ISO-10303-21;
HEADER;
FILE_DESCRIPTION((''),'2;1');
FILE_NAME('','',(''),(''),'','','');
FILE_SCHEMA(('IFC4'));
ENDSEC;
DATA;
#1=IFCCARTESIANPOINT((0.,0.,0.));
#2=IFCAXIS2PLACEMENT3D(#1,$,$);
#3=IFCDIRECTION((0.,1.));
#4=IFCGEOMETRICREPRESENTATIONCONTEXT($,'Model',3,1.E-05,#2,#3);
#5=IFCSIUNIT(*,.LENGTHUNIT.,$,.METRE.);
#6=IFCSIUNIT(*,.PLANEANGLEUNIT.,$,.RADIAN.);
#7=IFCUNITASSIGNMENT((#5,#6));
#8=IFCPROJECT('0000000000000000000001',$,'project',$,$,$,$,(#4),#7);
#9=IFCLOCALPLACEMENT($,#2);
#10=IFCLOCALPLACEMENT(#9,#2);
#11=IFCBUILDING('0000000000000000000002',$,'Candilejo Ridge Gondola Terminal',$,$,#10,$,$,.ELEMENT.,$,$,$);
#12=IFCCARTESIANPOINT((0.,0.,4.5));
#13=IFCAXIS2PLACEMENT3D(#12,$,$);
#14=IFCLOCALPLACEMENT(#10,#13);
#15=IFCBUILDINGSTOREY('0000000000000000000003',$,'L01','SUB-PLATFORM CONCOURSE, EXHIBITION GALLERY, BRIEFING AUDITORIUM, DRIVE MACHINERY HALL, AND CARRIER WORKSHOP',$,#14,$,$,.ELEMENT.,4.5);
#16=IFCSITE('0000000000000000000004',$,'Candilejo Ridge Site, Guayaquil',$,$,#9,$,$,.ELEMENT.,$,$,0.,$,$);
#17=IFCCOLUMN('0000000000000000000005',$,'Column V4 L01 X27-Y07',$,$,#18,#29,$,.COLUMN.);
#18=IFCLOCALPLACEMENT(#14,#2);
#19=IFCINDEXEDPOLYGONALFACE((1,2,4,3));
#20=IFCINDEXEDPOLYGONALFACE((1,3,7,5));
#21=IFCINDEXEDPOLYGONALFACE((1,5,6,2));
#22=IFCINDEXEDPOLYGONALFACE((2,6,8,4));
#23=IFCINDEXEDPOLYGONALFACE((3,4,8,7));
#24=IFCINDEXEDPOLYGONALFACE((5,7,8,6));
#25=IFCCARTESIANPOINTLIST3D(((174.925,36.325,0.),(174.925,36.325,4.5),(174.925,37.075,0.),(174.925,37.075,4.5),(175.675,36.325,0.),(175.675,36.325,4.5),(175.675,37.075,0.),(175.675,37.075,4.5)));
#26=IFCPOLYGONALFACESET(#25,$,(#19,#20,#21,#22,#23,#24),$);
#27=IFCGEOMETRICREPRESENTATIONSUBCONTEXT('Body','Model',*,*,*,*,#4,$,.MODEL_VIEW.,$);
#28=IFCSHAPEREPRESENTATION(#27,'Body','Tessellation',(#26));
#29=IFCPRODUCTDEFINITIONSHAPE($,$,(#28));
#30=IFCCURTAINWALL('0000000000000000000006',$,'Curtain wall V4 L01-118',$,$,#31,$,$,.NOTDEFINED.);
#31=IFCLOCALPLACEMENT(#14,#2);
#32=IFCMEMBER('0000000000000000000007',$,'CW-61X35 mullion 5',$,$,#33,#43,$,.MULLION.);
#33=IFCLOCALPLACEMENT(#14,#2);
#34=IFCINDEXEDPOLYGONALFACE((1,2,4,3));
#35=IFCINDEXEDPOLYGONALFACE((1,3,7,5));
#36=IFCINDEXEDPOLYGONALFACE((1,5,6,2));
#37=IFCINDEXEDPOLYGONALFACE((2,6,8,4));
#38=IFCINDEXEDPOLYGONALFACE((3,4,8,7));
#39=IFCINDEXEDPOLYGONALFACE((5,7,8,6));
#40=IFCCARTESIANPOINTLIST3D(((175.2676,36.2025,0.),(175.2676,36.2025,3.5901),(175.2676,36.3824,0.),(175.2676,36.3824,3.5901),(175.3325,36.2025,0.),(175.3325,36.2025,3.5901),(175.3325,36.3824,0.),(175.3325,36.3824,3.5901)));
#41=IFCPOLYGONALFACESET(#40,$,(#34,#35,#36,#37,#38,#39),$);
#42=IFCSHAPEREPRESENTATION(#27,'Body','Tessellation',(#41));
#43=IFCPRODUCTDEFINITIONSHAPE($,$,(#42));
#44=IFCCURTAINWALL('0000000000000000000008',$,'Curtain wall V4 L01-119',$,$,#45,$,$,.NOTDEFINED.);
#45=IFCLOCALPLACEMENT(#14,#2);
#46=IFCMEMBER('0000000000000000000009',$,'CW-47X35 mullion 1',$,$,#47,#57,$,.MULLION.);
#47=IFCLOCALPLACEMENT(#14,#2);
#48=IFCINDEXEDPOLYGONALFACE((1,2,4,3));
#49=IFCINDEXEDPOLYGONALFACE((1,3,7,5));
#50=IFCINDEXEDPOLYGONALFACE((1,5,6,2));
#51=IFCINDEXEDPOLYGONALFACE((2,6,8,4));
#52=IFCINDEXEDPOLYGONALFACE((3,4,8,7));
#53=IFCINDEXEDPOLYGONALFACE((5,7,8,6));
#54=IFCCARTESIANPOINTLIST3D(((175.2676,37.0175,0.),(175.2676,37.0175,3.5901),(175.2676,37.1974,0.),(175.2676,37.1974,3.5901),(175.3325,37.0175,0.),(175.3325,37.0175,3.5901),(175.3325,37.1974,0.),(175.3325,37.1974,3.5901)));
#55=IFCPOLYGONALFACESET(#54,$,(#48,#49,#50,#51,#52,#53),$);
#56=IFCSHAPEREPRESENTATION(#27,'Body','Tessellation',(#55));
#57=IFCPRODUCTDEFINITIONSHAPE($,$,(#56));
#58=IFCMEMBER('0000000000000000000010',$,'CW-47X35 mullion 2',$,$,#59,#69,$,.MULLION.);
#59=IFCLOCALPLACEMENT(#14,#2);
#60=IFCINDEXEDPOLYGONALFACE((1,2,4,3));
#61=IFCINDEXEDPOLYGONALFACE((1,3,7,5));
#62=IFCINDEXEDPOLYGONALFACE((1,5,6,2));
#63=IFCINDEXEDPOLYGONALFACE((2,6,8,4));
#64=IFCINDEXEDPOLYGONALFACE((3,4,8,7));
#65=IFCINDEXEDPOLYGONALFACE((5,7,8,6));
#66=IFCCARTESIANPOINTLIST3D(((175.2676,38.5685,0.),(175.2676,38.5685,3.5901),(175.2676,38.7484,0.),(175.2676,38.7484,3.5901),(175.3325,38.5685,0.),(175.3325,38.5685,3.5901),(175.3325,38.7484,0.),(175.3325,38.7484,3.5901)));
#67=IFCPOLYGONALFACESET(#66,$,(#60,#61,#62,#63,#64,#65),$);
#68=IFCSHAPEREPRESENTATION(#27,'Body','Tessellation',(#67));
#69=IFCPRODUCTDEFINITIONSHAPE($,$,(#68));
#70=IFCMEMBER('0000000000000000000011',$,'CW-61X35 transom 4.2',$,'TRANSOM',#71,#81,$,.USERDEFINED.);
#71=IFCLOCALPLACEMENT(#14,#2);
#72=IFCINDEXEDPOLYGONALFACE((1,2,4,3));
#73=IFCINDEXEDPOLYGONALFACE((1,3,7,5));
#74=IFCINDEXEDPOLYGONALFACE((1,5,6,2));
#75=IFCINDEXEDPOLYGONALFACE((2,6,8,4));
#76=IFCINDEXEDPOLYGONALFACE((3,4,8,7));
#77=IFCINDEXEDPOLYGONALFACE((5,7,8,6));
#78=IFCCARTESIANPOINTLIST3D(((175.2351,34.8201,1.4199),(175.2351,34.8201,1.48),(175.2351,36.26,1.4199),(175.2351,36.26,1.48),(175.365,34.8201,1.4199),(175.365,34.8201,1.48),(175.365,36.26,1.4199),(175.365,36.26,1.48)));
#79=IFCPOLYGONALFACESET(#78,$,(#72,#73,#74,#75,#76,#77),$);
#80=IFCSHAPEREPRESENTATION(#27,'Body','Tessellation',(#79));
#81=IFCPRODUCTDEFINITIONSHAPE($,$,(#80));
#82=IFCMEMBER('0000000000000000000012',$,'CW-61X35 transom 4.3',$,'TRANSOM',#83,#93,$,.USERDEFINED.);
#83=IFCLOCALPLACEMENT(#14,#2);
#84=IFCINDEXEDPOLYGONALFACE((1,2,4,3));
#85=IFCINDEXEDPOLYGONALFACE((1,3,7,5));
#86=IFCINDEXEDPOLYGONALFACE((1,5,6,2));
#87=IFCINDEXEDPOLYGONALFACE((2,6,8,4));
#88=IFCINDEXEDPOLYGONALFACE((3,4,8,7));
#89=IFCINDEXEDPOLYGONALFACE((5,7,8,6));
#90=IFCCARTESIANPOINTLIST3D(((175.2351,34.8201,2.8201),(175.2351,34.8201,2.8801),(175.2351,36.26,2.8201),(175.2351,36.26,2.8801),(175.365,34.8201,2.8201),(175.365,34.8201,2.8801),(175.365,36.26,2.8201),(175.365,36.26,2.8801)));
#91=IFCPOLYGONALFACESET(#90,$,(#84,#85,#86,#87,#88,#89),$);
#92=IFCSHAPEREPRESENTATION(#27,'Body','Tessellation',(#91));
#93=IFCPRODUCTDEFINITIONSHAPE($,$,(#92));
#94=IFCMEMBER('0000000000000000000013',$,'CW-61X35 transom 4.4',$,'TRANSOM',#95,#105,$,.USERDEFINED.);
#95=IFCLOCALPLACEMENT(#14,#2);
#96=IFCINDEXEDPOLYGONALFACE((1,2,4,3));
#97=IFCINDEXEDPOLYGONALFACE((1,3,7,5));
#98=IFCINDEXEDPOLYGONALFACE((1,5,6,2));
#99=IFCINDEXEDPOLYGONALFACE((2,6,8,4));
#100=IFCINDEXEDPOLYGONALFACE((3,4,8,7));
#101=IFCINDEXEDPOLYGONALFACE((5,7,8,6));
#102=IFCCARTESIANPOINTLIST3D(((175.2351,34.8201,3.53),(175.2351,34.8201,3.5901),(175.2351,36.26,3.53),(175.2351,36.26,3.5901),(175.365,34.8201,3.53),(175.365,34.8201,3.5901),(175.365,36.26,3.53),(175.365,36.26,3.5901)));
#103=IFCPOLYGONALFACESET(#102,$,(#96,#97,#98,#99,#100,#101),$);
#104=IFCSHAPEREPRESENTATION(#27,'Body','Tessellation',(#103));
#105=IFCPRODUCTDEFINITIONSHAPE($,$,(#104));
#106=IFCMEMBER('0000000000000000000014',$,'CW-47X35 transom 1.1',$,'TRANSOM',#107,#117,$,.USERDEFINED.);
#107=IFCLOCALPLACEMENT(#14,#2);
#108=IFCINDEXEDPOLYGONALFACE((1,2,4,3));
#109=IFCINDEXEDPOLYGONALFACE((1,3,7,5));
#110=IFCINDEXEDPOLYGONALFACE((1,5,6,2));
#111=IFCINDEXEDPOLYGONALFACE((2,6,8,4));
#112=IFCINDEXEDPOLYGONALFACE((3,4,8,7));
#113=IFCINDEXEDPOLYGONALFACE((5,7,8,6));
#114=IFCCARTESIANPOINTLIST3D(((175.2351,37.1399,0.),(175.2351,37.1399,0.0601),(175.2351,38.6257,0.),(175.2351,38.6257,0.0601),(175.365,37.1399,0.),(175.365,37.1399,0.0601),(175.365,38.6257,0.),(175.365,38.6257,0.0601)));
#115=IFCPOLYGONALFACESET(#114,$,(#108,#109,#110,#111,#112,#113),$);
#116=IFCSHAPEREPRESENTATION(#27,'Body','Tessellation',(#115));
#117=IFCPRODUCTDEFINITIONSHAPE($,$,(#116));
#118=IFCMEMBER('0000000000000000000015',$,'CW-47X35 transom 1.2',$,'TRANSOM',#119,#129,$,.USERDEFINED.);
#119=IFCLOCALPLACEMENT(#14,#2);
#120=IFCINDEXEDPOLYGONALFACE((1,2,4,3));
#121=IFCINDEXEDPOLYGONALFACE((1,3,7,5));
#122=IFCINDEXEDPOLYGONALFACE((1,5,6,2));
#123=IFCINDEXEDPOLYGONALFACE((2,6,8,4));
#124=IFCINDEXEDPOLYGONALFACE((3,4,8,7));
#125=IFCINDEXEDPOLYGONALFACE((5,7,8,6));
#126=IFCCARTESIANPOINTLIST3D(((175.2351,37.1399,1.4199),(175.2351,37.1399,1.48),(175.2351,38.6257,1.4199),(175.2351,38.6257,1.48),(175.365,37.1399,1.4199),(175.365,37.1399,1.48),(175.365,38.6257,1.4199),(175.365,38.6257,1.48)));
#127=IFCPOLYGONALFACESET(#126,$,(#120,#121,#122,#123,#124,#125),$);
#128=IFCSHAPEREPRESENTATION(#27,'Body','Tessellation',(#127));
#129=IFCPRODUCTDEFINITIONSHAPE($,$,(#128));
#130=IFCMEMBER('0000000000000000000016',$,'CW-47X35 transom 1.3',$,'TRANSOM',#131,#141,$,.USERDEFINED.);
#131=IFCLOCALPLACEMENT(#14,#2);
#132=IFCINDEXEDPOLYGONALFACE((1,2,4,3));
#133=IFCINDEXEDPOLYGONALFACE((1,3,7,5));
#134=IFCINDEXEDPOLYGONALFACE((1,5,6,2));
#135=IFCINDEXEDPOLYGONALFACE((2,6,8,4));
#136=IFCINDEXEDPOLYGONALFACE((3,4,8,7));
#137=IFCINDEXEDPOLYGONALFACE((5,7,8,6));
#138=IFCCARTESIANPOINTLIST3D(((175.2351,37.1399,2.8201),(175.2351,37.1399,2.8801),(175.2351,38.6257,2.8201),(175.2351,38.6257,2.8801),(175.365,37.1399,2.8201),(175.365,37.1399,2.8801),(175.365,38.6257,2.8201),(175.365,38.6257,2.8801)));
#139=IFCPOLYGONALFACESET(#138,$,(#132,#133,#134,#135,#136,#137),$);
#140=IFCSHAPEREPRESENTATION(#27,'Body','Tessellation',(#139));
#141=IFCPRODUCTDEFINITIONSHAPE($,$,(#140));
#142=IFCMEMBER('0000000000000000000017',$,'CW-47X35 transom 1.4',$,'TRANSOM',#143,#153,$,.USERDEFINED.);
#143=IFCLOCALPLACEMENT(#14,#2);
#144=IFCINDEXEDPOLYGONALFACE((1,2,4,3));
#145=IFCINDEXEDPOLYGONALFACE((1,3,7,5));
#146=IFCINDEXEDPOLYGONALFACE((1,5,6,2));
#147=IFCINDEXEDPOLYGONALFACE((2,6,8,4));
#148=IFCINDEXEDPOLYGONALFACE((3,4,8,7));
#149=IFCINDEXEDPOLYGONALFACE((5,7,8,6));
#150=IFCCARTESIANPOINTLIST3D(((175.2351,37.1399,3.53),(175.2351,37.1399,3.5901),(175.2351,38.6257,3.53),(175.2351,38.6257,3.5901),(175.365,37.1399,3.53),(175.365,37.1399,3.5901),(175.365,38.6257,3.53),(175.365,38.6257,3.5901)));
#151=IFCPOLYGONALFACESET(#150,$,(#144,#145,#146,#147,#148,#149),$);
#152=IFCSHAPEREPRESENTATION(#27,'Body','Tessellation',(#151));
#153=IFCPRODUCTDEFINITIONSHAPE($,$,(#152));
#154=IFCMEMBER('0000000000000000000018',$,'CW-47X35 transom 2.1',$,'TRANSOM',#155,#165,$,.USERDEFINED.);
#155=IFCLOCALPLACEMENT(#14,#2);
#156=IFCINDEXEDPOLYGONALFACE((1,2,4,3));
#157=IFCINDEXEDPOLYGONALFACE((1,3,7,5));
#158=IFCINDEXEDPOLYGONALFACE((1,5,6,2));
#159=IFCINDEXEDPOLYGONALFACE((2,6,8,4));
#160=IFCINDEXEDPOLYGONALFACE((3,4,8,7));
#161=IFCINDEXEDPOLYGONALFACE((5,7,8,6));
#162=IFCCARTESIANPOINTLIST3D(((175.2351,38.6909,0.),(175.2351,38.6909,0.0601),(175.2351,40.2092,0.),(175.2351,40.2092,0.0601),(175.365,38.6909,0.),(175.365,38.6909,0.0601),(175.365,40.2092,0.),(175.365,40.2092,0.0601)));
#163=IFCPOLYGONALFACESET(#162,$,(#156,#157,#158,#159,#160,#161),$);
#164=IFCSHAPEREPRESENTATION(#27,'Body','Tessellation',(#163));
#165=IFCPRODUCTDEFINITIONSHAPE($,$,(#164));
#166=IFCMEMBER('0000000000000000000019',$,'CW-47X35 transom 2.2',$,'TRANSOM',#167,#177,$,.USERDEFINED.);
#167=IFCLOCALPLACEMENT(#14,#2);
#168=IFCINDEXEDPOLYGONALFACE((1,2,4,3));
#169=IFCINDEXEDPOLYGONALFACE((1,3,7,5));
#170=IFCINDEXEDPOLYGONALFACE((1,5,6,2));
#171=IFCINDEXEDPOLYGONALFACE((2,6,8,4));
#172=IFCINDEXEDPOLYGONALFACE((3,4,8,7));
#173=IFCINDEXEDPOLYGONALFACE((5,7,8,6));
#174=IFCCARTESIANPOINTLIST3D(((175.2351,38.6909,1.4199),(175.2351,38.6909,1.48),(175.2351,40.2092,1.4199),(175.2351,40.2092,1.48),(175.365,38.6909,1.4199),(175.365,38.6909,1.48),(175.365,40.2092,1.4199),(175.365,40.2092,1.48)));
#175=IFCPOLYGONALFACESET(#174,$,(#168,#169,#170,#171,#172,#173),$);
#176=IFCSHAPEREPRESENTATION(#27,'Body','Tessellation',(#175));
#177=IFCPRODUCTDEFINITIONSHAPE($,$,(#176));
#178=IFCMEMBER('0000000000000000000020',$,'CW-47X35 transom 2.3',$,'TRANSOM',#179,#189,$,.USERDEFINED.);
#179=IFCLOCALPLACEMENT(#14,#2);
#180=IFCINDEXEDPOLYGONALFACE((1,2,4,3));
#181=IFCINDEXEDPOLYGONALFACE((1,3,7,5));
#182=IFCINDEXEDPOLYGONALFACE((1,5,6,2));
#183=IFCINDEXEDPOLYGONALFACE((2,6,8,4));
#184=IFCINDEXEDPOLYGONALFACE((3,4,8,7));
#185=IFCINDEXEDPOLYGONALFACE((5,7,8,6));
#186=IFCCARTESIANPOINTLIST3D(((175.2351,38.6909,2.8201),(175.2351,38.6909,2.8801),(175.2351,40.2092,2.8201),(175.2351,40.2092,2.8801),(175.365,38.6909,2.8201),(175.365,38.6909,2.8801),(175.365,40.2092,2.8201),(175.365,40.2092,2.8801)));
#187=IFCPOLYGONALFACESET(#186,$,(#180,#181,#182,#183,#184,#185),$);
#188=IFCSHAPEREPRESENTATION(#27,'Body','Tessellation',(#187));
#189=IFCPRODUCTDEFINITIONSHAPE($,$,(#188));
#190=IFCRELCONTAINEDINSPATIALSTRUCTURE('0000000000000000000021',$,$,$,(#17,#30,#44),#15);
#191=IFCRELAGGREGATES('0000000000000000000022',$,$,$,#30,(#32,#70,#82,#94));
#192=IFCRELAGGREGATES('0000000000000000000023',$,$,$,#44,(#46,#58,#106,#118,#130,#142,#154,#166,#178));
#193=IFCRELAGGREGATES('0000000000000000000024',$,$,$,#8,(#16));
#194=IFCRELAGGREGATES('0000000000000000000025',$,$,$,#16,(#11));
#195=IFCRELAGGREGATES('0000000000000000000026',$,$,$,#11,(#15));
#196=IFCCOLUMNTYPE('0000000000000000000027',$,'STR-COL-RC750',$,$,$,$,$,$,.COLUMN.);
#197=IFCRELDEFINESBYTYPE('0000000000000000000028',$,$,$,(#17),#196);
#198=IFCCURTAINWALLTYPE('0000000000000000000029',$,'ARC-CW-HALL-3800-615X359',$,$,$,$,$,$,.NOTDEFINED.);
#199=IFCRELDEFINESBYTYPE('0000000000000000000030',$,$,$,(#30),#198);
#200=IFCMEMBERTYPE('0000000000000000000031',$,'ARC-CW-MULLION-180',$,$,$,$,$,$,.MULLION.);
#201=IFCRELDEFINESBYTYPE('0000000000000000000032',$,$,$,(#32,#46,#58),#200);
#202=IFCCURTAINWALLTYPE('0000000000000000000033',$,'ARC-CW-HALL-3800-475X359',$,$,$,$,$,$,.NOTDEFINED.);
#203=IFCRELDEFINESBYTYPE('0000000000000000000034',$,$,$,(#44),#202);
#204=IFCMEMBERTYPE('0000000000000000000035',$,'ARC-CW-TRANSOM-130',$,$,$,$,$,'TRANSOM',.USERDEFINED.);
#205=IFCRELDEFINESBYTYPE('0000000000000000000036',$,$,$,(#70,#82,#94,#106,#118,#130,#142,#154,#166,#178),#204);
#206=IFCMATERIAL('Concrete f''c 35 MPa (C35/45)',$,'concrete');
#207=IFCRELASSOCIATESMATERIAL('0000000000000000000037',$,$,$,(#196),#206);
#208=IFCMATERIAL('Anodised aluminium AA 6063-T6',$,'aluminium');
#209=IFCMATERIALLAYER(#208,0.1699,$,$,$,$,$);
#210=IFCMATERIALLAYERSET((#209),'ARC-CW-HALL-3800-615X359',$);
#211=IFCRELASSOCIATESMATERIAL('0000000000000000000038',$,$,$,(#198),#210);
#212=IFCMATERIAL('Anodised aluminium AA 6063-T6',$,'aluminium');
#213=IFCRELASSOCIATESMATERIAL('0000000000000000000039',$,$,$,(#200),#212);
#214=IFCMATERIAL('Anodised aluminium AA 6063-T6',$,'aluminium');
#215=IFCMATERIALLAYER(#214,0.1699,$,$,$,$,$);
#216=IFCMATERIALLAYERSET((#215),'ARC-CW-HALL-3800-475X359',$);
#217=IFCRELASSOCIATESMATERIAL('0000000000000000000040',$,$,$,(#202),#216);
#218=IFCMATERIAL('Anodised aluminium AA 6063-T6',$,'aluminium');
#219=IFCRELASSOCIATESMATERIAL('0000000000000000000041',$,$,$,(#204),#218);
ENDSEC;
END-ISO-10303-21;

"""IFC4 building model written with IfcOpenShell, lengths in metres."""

from ifc_helpers import new_model, si_unit, direction, frame, origin, origin_2d, place, context, subcontext, project, spatial, rectangle, extrude, material, layer, layer_set, material_profile, profile_set, type_object, element, aggregate, save


model = new_model("IFC4")

# Units and contexts
model_context = context("Model", 3, precision=1e-05, world=origin(), true_north=direction((0.0, 1.0)))
body_context = subcontext(model_context, "Body", "Model", "MODEL_VIEW")
ifc_project = project(units=[si_unit("LENGTHUNIT", "METRE"), si_unit("PLANEANGLEUNIT", "RADIAN")], contexts=[model_context])

# Site, building, storey
site_placement = place(None, origin())
site = spatial("IfcSite", under=ifc_project, at=site_placement, Name="Candilejo Ridge Site, Guayaquil", CompositionType="ELEMENT", RefElevation=0.0)
building_placement = place(site_placement, origin())
building = spatial("IfcBuilding", under=site, at=building_placement, Name="Candilejo Ridge Gondola Terminal", CompositionType="ELEMENT")
storey_placement = place(building_placement, frame((0.0, 0.0, 4.5)))
storey = spatial("IfcBuildingStorey", under=building, at=storey_placement, Name="L01", Description="SUB-PLATFORM CONCOURSE, EXHIBITION GALLERY, BRIEFING AUDITORIUM, DRIVE MACHINERY HALL, AND CARRIER WORKSHOP", CompositionType="ELEMENT", Elevation=4.5)

# Column
ifc_material_1 = material(Name="Concrete f'c 35 MPa (C35/45)", Category="concrete")
ifc_material_profile_1 = material_profile(ifc_material_1, rectangle(XDim=0.75, YDim=0.75, at=origin_2d()))
ifc_profile_set_1 = profile_set([ifc_material_profile_1], Name="Concrete f'c 35 MPa (C35/45)")
column_type = type_object("IfcColumnType", Name="STR-COL-RC750", PredefinedType="COLUMN", material=ifc_profile_set_1)
column_placement = place(storey_placement, frame((175.3, 36.7, 0.0), z_axis=(0.0, 0.0, 1.0), x_axis=(1.0, 0.0, 0.0)))
element("IfcColumn", 1, at=column_placement, inside=storey, type_object=column_type, Name="Column V4 L01 X27-Y07", PredefinedType="COLUMN", context=body_context, shape_type="SweptSolid", body=[
    extrude(rectangle(XDim=0.75, YDim=0.75, at=origin_2d()), origin(), (0.0, 0.0, 1.0), 4.5),
])

# Curtain wall, member
ifc_material_2 = material(Name="Anodised aluminium AA 6063-T6", Category="aluminium")
ifc_layer_1 = layer(ifc_material_2, 0.1699)
ifc_layer_set_1 = layer_set([ifc_layer_1], Name="ARC-CW-HALL-3800-615X359")
curtain_wall_type_1 = type_object("IfcCurtainWallType", Name="ARC-CW-HALL-3800-615X359", PredefinedType="NOTDEFINED", material=ifc_layer_set_1)
curtain_wall_1_placement = place(storey_placement, origin())
curtain_wall_1 = element("IfcCurtainWall", 2, at=curtain_wall_1_placement, inside=storey, type_object=curtain_wall_type_1, Name="Curtain wall V4 L01-118", PredefinedType="NOTDEFINED")
ifc_material_3 = material(Name="Anodised aluminium AA 6063-T6", Category="aluminium")
ifc_material_profile_2 = material_profile(ifc_material_3, rectangle(XDim=0.0649, YDim=0.1799, at=origin_2d()))
ifc_profile_set_2 = profile_set([ifc_material_profile_2], Name="Anodised aluminium AA 6063-T6")
member_type_1 = type_object("IfcMemberType", Name="ARC-CW-MULLION-180", PredefinedType="MULLION", material=ifc_profile_set_2)
member_1_placement = place(storey_placement, frame((175.3, 36.2925, 0.0), z_axis=(0.0, 0.0, 1.0), x_axis=(-1.0, 0.0, 0.0)))
member_1 = element("IfcMember", 3, at=member_1_placement, type_object=member_type_1, Name="CW-61X35 mullion 5", PredefinedType="MULLION", context=body_context, shape_type="SweptSolid", body=[
    extrude(rectangle(XDim=0.0649, YDim=0.1799, at=origin_2d()), origin(), (0.0, 0.0, 1.0), 3.5901),
])

# Curtain wall, members
ifc_material_4 = material(Name="Anodised aluminium AA 6063-T6", Category="aluminium")
ifc_layer_2 = layer(ifc_material_4, 0.1699)
ifc_layer_set_2 = layer_set([ifc_layer_2], Name="ARC-CW-HALL-3800-475X359")
curtain_wall_type_2 = type_object("IfcCurtainWallType", Name="ARC-CW-HALL-3800-475X359", PredefinedType="NOTDEFINED", material=ifc_layer_set_2)
curtain_wall_2_placement = place(storey_placement, origin())
curtain_wall_2 = element("IfcCurtainWall", 4, at=curtain_wall_2_placement, inside=storey, type_object=curtain_wall_type_2, Name="Curtain wall V4 L01-119", PredefinedType="NOTDEFINED")
member_2_placement = place(storey_placement, frame((175.3, 37.1074, 0.0), z_axis=(0.0, 0.0, 1.0), x_axis=(-1.0, 0.0, 0.0)))
member_2 = element("IfcMember", 5, at=member_2_placement, type_object=member_type_1, Name="CW-47X35 mullion 1", PredefinedType="MULLION", context=body_context, shape_type="SweptSolid", body=[
    extrude(rectangle(XDim=0.0649, YDim=0.1799, at=origin_2d()), origin(), (0.0, 0.0, 1.0), 3.5901),
])
member_3_placement = place(storey_placement, frame((175.3, 38.6584, 0.0), z_axis=(0.0, 0.0, 1.0), x_axis=(-1.0, 0.0, 0.0)))
member_3 = element("IfcMember", 6, at=member_3_placement, type_object=member_type_1, Name="CW-47X35 mullion 2", PredefinedType="MULLION", context=body_context, shape_type="SweptSolid", body=[
    extrude(rectangle(XDim=0.0649, YDim=0.1799, at=origin_2d()), origin(), (0.0, 0.0, 1.0), 3.5901),
])

# Members
ifc_material_5 = material(Name="Anodised aluminium AA 6063-T6", Category="aluminium")
ifc_material_profile_3 = material_profile(ifc_material_5, rectangle(XDim=0.1299, YDim=0.0601, at=origin_2d()))
ifc_profile_set_3 = profile_set([ifc_material_profile_3], Name="Anodised aluminium AA 6063-T6")
member_type_2 = type_object("IfcMemberType", Name="ARC-CW-TRANSOM-130", ElementType="TRANSOM", PredefinedType="USERDEFINED", material=ifc_profile_set_3)
member_4_placement = place(storey_placement, frame((175.3, 34.8201, 1.45), z_axis=(0.0, 1.0, 0.0), x_axis=(-1.0, 0.0, 0.0)))
member_4 = element("IfcMember", 7, at=member_4_placement, type_object=member_type_2, Name="CW-61X35 transom 4.2", ObjectType="TRANSOM", PredefinedType="USERDEFINED", context=body_context, shape_type="SweptSolid", body=[
    extrude(rectangle(XDim=0.1299, YDim=0.0601, at=origin_2d()), origin(), (0.0, 0.0, 1.0), 1.4399),
])
member_5_placement = place(storey_placement, frame((175.3, 34.8201, 2.8501), z_axis=(0.0, 1.0, 0.0), x_axis=(-1.0, 0.0, 0.0)))
member_5 = element("IfcMember", 8, at=member_5_placement, type_object=member_type_2, Name="CW-61X35 transom 4.3", ObjectType="TRANSOM", PredefinedType="USERDEFINED", context=body_context, shape_type="SweptSolid", body=[
    extrude(rectangle(XDim=0.1299, YDim=0.0601, at=origin_2d()), origin(), (0.0, 0.0, 1.0), 1.4399),
])
member_6_placement = place(storey_placement, frame((175.3, 34.8201, 3.5601), z_axis=(0.0, 1.0, 0.0), x_axis=(-1.0, 0.0, 0.0)))
member_6 = element("IfcMember", 9, at=member_6_placement, type_object=member_type_2, Name="CW-61X35 transom 4.4", ObjectType="TRANSOM", PredefinedType="USERDEFINED", context=body_context, shape_type="SweptSolid", body=[
    extrude(rectangle(XDim=0.1299, YDim=0.0601, at=origin_2d()), origin(), (0.0, 0.0, 1.0), 1.4399),
])
member_7_placement = place(storey_placement, frame((175.3, 37.1399, 0.03), z_axis=(0.0, 1.0, 0.0), x_axis=(-1.0, 0.0, 0.0)))
member_7 = element("IfcMember", 10, at=member_7_placement, type_object=member_type_2, Name="CW-47X35 transom 1.1", ObjectType="TRANSOM", PredefinedType="USERDEFINED", context=body_context, shape_type="SweptSolid", body=[
    extrude(rectangle(XDim=0.1299, YDim=0.0601, at=origin_2d()), origin(), (0.0, 0.0, 1.0), 1.4858),
])
member_8_placement = place(storey_placement, frame((175.3, 37.1399, 1.45), z_axis=(0.0, 1.0, 0.0), x_axis=(-1.0, 0.0, 0.0)))
member_8 = element("IfcMember", 11, at=member_8_placement, type_object=member_type_2, Name="CW-47X35 transom 1.2", ObjectType="TRANSOM", PredefinedType="USERDEFINED", context=body_context, shape_type="SweptSolid", body=[
    extrude(rectangle(XDim=0.1299, YDim=0.0601, at=origin_2d()), origin(), (0.0, 0.0, 1.0), 1.4858),
])
member_9_placement = place(storey_placement, frame((175.3, 37.1399, 2.8501), z_axis=(0.0, 1.0, 0.0), x_axis=(-1.0, 0.0, 0.0)))
member_9 = element("IfcMember", 12, at=member_9_placement, type_object=member_type_2, Name="CW-47X35 transom 1.3", ObjectType="TRANSOM", PredefinedType="USERDEFINED", context=body_context, shape_type="SweptSolid", body=[
    extrude(rectangle(XDim=0.1299, YDim=0.0601, at=origin_2d()), origin(), (0.0, 0.0, 1.0), 1.4858),
])
member_10_placement = place(storey_placement, frame((175.3, 37.1399, 3.5601), z_axis=(0.0, 1.0, 0.0), x_axis=(-1.0, 0.0, 0.0)))
member_10 = element("IfcMember", 13, at=member_10_placement, type_object=member_type_2, Name="CW-47X35 transom 1.4", ObjectType="TRANSOM", PredefinedType="USERDEFINED", context=body_context, shape_type="SweptSolid", body=[
    extrude(rectangle(XDim=0.1299, YDim=0.0601, at=origin_2d()), origin(), (0.0, 0.0, 1.0), 1.4858),
])
member_11_placement = place(storey_placement, frame((175.3, 38.6909, 0.03), z_axis=(0.0, 1.0, 0.0), x_axis=(-1.0, 0.0, 0.0)))
member_11 = element("IfcMember", 14, at=member_11_placement, type_object=member_type_2, Name="CW-47X35 transom 2.1", ObjectType="TRANSOM", PredefinedType="USERDEFINED", context=body_context, shape_type="SweptSolid", body=[
    extrude(rectangle(XDim=0.1299, YDim=0.0601, at=origin_2d()), origin(), (0.0, 0.0, 1.0), 1.5183),
])
member_12_placement = place(storey_placement, frame((175.3, 38.6909, 1.45), z_axis=(0.0, 1.0, 0.0), x_axis=(-1.0, 0.0, 0.0)))
member_12 = element("IfcMember", 15, at=member_12_placement, type_object=member_type_2, Name="CW-47X35 transom 2.2", ObjectType="TRANSOM", PredefinedType="USERDEFINED", context=body_context, shape_type="SweptSolid", body=[
    extrude(rectangle(XDim=0.1299, YDim=0.0601, at=origin_2d()), origin(), (0.0, 0.0, 1.0), 1.5183),
])
member_13_placement = place(storey_placement, frame((175.3, 38.6909, 2.8501), z_axis=(0.0, 1.0, 0.0), x_axis=(-1.0, 0.0, 0.0)))
member_13 = element("IfcMember", 16, at=member_13_placement, type_object=member_type_2, Name="CW-47X35 transom 2.3", ObjectType="TRANSOM", PredefinedType="USERDEFINED", context=body_context, shape_type="SweptSolid", body=[
    extrude(rectangle(XDim=0.1299, YDim=0.0601, at=origin_2d()), origin(), (0.0, 0.0, 1.0), 1.5183),
])

aggregate(curtain_wall_1, [member_1, member_4, member_5, member_6])
aggregate(curtain_wall_2, [member_2, member_3, member_7, member_8, member_9, member_10, member_11, member_12, member_13])

save(model, "model.ifc")
